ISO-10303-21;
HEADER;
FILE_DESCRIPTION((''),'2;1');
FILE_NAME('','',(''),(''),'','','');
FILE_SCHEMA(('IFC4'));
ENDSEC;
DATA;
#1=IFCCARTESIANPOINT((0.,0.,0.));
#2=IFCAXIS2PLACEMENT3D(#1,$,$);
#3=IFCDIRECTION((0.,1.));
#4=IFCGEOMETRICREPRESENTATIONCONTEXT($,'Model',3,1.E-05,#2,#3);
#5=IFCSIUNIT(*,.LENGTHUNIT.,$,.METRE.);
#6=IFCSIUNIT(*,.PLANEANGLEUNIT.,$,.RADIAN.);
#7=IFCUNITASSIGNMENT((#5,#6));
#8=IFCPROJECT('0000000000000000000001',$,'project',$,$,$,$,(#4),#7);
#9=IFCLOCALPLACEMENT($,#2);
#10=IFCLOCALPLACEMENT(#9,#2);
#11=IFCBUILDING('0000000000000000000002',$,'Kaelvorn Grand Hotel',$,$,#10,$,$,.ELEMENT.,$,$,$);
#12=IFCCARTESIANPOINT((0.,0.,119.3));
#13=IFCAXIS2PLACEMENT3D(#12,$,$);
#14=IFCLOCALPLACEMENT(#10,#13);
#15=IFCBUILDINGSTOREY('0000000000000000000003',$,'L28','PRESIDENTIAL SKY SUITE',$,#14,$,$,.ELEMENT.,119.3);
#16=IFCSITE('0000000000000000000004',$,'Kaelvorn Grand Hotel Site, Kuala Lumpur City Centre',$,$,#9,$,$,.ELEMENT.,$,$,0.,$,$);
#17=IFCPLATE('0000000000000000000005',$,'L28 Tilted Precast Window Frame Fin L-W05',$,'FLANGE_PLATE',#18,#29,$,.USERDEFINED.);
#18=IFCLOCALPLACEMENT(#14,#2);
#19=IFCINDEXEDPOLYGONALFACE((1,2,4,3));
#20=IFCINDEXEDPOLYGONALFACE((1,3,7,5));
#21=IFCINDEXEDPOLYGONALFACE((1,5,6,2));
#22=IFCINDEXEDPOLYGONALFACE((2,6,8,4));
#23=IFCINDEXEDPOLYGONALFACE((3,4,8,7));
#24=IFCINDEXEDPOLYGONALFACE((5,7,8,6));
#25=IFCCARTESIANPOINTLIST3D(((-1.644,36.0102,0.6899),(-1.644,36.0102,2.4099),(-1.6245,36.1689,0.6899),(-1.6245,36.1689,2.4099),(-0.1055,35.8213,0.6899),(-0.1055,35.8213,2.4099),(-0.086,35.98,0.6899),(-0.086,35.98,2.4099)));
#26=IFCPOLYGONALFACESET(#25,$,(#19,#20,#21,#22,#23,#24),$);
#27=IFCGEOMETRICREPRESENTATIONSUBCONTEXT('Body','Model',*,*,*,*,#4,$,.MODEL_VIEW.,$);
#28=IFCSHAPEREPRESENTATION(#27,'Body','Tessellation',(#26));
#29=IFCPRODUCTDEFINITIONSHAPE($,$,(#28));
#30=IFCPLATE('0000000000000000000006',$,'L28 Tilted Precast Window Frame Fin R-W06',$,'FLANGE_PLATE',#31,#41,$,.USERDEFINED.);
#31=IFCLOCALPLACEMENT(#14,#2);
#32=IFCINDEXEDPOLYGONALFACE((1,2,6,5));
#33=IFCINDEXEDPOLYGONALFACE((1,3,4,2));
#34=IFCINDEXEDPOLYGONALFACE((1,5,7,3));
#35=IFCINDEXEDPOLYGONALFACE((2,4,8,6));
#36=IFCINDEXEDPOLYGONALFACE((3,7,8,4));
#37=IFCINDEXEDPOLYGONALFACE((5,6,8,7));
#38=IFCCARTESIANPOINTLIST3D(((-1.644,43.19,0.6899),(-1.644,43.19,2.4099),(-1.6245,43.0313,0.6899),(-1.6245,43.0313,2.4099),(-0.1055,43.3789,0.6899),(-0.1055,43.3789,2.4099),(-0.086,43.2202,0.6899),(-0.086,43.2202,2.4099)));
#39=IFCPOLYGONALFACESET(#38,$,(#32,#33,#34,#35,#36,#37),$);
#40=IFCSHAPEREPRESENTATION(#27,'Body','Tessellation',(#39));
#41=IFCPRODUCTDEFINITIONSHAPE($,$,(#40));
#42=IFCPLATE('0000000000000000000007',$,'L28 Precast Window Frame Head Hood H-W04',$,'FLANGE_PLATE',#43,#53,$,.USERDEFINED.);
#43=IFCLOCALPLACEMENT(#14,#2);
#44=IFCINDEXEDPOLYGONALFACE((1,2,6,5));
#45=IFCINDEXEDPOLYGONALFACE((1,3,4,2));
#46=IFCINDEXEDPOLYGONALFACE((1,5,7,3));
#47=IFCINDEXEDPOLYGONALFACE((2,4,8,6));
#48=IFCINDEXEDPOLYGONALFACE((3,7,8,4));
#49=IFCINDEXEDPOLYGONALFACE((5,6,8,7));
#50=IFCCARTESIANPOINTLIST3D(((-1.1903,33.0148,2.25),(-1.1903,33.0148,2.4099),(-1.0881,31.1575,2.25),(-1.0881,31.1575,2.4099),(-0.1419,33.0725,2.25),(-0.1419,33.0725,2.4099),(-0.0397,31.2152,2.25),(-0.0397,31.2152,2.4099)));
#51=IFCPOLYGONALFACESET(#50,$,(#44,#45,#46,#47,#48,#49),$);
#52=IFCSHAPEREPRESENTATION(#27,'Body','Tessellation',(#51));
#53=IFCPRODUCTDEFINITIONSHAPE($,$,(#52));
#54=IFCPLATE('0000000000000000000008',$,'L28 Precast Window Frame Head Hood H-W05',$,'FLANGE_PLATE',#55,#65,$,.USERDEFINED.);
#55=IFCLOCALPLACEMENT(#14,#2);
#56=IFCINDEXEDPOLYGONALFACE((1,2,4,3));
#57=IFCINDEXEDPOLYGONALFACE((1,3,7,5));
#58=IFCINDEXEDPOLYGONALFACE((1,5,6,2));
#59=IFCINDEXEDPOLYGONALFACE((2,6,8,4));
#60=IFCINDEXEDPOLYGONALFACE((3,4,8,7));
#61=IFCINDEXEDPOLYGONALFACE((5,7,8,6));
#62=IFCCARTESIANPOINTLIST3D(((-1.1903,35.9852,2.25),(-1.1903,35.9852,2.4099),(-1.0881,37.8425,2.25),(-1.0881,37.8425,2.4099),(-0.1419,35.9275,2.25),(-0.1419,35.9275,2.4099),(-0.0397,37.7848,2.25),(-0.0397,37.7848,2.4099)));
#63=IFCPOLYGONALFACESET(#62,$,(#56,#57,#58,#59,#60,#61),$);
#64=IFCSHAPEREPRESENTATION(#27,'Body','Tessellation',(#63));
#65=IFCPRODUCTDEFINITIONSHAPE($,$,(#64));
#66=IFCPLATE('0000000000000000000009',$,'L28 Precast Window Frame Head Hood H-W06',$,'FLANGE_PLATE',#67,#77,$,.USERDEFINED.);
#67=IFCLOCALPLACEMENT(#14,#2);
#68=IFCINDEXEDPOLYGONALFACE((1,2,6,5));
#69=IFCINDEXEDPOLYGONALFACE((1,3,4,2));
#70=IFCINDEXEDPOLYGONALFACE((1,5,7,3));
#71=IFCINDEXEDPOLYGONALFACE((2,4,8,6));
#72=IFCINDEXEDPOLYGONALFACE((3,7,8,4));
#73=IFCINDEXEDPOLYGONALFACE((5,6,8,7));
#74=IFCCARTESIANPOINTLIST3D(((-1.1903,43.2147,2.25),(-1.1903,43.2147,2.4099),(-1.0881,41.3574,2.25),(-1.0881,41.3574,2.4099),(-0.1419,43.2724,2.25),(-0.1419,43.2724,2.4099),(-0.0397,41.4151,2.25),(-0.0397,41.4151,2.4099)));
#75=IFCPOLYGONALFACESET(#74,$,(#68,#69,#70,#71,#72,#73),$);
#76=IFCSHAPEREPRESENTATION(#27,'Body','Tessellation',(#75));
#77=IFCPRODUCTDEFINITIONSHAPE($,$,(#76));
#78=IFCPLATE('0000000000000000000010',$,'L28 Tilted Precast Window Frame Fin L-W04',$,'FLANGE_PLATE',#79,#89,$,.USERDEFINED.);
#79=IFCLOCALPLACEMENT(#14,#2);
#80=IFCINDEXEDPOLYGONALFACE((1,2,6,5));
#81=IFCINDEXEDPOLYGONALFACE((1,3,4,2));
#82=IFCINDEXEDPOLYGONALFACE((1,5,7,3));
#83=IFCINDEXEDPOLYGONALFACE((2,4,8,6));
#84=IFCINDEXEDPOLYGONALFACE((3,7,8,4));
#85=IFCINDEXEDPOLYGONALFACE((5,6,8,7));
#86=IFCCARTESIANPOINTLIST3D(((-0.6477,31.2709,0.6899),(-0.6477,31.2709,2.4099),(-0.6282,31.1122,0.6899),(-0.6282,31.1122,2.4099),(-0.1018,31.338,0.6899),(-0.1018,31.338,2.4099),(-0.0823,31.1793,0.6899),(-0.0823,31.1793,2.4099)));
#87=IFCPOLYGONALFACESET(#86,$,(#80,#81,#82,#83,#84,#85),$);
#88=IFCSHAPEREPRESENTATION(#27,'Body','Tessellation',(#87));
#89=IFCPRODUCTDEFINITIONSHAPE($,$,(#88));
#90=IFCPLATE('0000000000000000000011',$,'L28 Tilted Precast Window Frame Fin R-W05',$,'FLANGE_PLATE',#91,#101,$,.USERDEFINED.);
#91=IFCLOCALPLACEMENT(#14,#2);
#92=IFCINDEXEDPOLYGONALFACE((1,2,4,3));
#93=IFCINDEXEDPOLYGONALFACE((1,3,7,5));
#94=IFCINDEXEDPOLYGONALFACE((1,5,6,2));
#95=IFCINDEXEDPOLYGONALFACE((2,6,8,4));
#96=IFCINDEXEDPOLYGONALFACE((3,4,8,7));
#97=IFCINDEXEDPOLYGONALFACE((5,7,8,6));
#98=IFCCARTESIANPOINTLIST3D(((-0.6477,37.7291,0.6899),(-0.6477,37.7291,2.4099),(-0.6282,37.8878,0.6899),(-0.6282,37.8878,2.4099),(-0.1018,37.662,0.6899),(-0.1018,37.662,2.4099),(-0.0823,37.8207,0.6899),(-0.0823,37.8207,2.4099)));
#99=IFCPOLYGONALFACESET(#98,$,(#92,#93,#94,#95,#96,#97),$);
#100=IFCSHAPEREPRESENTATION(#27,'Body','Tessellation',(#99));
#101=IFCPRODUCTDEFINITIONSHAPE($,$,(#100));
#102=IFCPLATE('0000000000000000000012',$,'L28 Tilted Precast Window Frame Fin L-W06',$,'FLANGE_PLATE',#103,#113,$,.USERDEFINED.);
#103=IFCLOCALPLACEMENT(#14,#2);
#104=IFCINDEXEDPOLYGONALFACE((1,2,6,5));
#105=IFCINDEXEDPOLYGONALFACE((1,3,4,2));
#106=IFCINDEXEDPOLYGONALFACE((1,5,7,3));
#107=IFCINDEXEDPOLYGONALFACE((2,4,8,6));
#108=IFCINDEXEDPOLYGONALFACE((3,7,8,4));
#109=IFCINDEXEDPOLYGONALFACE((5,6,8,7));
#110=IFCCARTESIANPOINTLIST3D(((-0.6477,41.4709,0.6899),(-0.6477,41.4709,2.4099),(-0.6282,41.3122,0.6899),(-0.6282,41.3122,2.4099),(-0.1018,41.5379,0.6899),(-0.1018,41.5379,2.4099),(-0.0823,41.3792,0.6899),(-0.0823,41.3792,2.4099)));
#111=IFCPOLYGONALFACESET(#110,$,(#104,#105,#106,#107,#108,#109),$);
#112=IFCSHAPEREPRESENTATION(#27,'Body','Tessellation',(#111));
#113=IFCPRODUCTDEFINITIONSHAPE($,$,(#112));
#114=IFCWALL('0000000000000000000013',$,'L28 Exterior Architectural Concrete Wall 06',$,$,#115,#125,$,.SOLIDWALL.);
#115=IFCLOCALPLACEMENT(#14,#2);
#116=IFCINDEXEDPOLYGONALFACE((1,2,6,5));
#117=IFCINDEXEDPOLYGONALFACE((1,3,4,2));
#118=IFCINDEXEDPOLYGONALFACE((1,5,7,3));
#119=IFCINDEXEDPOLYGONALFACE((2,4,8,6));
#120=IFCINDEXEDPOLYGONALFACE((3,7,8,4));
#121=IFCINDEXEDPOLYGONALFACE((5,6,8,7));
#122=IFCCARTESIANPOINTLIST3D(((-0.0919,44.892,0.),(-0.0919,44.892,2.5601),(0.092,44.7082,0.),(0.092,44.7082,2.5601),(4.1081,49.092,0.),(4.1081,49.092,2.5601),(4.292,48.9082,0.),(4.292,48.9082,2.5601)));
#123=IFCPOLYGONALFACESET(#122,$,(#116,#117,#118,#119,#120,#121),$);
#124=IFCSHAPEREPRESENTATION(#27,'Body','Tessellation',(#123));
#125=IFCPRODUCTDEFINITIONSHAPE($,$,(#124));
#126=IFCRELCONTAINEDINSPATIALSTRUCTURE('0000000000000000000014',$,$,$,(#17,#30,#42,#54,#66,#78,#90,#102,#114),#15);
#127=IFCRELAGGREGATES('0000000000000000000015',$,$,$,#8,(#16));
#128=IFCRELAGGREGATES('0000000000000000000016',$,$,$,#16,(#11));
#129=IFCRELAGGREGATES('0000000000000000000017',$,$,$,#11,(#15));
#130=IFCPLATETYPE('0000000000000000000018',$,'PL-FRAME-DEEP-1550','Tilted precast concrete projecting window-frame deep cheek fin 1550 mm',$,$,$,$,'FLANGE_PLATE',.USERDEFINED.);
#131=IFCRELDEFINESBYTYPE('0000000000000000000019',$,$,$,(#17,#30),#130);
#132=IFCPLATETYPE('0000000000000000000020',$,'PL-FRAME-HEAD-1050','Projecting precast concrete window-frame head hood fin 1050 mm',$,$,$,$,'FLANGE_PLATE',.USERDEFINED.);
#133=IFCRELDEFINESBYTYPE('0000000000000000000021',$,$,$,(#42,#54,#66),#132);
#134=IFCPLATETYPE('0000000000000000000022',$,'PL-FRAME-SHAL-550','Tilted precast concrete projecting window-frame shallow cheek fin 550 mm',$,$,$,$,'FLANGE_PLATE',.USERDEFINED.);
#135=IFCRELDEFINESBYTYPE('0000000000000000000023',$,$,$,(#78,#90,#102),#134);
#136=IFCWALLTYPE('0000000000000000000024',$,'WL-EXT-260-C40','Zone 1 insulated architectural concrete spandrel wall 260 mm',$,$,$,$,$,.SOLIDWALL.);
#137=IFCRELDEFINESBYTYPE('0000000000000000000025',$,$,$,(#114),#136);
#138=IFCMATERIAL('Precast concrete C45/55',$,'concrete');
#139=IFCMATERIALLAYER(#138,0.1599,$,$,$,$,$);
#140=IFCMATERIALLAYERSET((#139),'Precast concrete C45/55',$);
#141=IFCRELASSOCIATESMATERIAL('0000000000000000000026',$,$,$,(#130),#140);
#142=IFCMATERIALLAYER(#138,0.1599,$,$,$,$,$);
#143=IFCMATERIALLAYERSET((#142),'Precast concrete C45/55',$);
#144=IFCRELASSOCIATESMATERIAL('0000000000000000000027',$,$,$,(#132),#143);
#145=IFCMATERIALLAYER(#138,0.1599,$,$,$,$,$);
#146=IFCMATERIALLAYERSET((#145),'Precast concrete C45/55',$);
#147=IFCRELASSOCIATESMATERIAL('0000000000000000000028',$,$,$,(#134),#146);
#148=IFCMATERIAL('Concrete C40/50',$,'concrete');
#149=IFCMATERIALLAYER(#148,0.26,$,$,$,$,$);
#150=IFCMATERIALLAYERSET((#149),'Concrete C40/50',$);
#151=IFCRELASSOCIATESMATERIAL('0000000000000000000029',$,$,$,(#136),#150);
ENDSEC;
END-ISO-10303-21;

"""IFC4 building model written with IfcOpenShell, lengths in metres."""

from ifc_helpers import new_model, si_unit, direction, frame, frame_2d, origin, origin_2d, place, context, subcontext, project, spatial, rectangle, extrude, material, layer, layer_set, type_object, element, save


model = new_model("IFC4")

# Units and contexts
model_context = context("Model", 3, precision=1e-05, world=origin(), true_north=direction((0.0, 1.0)))
body_context = subcontext(model_context, "Body", "Model", "MODEL_VIEW")
ifc_project = project(units=[si_unit("LENGTHUNIT", "METRE"), si_unit("PLANEANGLEUNIT", "RADIAN")], contexts=[model_context])

# Site, building, storey
site_placement = place(None, origin())
site = spatial("IfcSite", under=ifc_project, at=site_placement, Name="Kaelvorn Grand Hotel Site, Kuala Lumpur City Centre", CompositionType="ELEMENT", RefElevation=0.0)
building_placement = place(site_placement, origin())
building = spatial("IfcBuilding", under=site, at=building_placement, Name="Kaelvorn Grand Hotel", CompositionType="ELEMENT")
storey_placement = place(building_placement, frame((0.0, 0.0, 119.3)))
storey = spatial("IfcBuildingStorey", under=building, at=storey_placement, Name="L28", Description="PRESIDENTIAL SKY SUITE", CompositionType="ELEMENT", Elevation=119.3)

# Plates
ifc_material_1 = material(Name="Precast concrete C45/55", Category="concrete")
ifc_layer_1 = layer(ifc_material_1, 0.1599)
ifc_layer_set_1 = layer_set([ifc_layer_1], Name="Precast concrete C45/55")
plate_type_1 = type_object("IfcPlateType", Name="PL-FRAME-DEEP-1550", Description="Tilted precast concrete projecting window-frame deep cheek fin 1550 mm", ElementType="FLANGE_PLATE", PredefinedType="USERDEFINED", material=ifc_layer_set_1)
for number, where, z_axis, x_axis, name in (
    (1, (-0.865, 35.9951, 0.6899), (0.0, 0.0, 1.0), (0.121869, 0.992546, 0.0), "L28 Tilted Precast Window Frame Fin L-W05"),
    (2, (-0.865, 43.2051, 0.6899), (0.0, 0.0, 1.0), (-0.121869, 0.992546, 0.0), "L28 Tilted Precast Window Frame Fin R-W06"),
):
    element("IfcPlate", number, at=place(storey_placement, frame(where, z_axis=z_axis, x_axis=x_axis)), inside=storey, type_object=plate_type_1, Name=name, ObjectType="FLANGE_PLATE", PredefinedType="USERDEFINED", context=body_context, shape_type="SweptSolid", body=[
        extrude(rectangle(XDim=0.1599, YDim=1.55, at=origin_2d()), origin(), (0.0, 0.0, 1.0), 1.72),
    ])
ifc_layer_2 = layer(ifc_material_1, 0.1599)
ifc_layer_set_2 = layer_set([ifc_layer_2], Name="Precast concrete C45/55")
plate_type_2 = type_object("IfcPlateType", Name="PL-FRAME-HEAD-1050", Description="Projecting precast concrete window-frame head hood fin 1050 mm", ElementType="FLANGE_PLATE", PredefinedType="USERDEFINED", material=ifc_layer_set_2)
for number, where, z_axis, x_axis, name in (
    (3, (-0.615, 32.115, 2.25), (0.0, 0.0, 1.0), (-0.05495, 0.998489, 0.0), "L28 Precast Window Frame Head Hood H-W04"),
    (4, (-0.615, 36.885, 2.25), (0.0, 0.0, 1.0), (0.05495, 0.998489, 0.0), "L28 Precast Window Frame Head Hood H-W05"),
    (5, (-0.615, 42.3149, 2.25), (0.0, 0.0, 1.0), (-0.05495, 0.998489, 0.0), "L28 Precast Window Frame Head Hood H-W06"),
):
    element("IfcPlate", number, at=place(storey_placement, frame(where, z_axis=z_axis, x_axis=x_axis)), inside=storey, type_object=plate_type_2, Name=name, ObjectType="FLANGE_PLATE", PredefinedType="USERDEFINED", context=body_context, shape_type="SweptSolid", body=[
        extrude(rectangle(XDim=1.8601, YDim=1.05, at=origin_2d()), origin(), (0.0, 0.0, 1.0), 0.1599),
    ])
ifc_layer_3 = layer(ifc_material_1, 0.1599)
ifc_layer_set_3 = layer_set([ifc_layer_3], Name="Precast concrete C45/55")
plate_type_3 = type_object("IfcPlateType", Name="PL-FRAME-SHAL-550", Description="Tilted precast concrete projecting window-frame shallow cheek fin 550 mm", ElementType="FLANGE_PLATE", PredefinedType="USERDEFINED", material=ifc_layer_set_3)
for number, where, z_axis, x_axis, name in (
    (6, (-0.365, 31.2251, 0.6899), (0.0, 0.0, 1.0), (-0.121869, 0.992546, 0.0), "L28 Tilted Precast Window Frame Fin L-W04"),
    (7, (-0.365, 37.7749, 0.6899), (0.0, 0.0, 1.0), (0.121869, 0.992546, 0.0), "L28 Tilted Precast Window Frame Fin R-W05"),
    (8, (-0.365, 41.425, 0.6899), (0.0, 0.0, 1.0), (-0.121869, 0.992546, 0.0), "L28 Tilted Precast Window Frame Fin L-W06"),
):
    element("IfcPlate", number, at=place(storey_placement, frame(where, z_axis=z_axis, x_axis=x_axis)), inside=storey, type_object=plate_type_3, Name=name, ObjectType="FLANGE_PLATE", PredefinedType="USERDEFINED", context=body_context, shape_type="SweptSolid", body=[
        extrude(rectangle(XDim=0.1599, YDim=0.55, at=origin_2d()), origin(), (0.0, 0.0, 1.0), 1.72),
    ])

# Wall
ifc_material_2 = material(Name="Concrete C40/50", Category="concrete")
ifc_layer_4 = layer(ifc_material_2, 0.26)
ifc_layer_set_4 = layer_set([ifc_layer_4], Name="Concrete C40/50")
wall_type_1 = type_object("IfcWallType", Name="WL-EXT-260-C40", Description="Zone 1 insulated architectural concrete spandrel wall 260 mm", PredefinedType="SOLIDWALL", material=ifc_layer_set_4)
wall_1_placement = place(storey_placement, frame((4.2, 49.0, 0.0), z_axis=(0.0, 0.0, 1.0), x_axis=(-0.707107, -0.707107, 0.0)))
element("IfcWall", 9, at=wall_1_placement, inside=storey, type_object=wall_type_1, Name="L28 Exterior Architectural Concrete Wall 06", PredefinedType="SOLIDWALL", context=body_context, shape_type="SweptSolid", body=[
    extrude(rectangle(XDim=5.9397, YDim=0.26, at=frame_2d((2.9697, 0.0))), origin(), (0.0, 0.0, 1.0), 2.5601),
])

save(model, "model.ifc")
